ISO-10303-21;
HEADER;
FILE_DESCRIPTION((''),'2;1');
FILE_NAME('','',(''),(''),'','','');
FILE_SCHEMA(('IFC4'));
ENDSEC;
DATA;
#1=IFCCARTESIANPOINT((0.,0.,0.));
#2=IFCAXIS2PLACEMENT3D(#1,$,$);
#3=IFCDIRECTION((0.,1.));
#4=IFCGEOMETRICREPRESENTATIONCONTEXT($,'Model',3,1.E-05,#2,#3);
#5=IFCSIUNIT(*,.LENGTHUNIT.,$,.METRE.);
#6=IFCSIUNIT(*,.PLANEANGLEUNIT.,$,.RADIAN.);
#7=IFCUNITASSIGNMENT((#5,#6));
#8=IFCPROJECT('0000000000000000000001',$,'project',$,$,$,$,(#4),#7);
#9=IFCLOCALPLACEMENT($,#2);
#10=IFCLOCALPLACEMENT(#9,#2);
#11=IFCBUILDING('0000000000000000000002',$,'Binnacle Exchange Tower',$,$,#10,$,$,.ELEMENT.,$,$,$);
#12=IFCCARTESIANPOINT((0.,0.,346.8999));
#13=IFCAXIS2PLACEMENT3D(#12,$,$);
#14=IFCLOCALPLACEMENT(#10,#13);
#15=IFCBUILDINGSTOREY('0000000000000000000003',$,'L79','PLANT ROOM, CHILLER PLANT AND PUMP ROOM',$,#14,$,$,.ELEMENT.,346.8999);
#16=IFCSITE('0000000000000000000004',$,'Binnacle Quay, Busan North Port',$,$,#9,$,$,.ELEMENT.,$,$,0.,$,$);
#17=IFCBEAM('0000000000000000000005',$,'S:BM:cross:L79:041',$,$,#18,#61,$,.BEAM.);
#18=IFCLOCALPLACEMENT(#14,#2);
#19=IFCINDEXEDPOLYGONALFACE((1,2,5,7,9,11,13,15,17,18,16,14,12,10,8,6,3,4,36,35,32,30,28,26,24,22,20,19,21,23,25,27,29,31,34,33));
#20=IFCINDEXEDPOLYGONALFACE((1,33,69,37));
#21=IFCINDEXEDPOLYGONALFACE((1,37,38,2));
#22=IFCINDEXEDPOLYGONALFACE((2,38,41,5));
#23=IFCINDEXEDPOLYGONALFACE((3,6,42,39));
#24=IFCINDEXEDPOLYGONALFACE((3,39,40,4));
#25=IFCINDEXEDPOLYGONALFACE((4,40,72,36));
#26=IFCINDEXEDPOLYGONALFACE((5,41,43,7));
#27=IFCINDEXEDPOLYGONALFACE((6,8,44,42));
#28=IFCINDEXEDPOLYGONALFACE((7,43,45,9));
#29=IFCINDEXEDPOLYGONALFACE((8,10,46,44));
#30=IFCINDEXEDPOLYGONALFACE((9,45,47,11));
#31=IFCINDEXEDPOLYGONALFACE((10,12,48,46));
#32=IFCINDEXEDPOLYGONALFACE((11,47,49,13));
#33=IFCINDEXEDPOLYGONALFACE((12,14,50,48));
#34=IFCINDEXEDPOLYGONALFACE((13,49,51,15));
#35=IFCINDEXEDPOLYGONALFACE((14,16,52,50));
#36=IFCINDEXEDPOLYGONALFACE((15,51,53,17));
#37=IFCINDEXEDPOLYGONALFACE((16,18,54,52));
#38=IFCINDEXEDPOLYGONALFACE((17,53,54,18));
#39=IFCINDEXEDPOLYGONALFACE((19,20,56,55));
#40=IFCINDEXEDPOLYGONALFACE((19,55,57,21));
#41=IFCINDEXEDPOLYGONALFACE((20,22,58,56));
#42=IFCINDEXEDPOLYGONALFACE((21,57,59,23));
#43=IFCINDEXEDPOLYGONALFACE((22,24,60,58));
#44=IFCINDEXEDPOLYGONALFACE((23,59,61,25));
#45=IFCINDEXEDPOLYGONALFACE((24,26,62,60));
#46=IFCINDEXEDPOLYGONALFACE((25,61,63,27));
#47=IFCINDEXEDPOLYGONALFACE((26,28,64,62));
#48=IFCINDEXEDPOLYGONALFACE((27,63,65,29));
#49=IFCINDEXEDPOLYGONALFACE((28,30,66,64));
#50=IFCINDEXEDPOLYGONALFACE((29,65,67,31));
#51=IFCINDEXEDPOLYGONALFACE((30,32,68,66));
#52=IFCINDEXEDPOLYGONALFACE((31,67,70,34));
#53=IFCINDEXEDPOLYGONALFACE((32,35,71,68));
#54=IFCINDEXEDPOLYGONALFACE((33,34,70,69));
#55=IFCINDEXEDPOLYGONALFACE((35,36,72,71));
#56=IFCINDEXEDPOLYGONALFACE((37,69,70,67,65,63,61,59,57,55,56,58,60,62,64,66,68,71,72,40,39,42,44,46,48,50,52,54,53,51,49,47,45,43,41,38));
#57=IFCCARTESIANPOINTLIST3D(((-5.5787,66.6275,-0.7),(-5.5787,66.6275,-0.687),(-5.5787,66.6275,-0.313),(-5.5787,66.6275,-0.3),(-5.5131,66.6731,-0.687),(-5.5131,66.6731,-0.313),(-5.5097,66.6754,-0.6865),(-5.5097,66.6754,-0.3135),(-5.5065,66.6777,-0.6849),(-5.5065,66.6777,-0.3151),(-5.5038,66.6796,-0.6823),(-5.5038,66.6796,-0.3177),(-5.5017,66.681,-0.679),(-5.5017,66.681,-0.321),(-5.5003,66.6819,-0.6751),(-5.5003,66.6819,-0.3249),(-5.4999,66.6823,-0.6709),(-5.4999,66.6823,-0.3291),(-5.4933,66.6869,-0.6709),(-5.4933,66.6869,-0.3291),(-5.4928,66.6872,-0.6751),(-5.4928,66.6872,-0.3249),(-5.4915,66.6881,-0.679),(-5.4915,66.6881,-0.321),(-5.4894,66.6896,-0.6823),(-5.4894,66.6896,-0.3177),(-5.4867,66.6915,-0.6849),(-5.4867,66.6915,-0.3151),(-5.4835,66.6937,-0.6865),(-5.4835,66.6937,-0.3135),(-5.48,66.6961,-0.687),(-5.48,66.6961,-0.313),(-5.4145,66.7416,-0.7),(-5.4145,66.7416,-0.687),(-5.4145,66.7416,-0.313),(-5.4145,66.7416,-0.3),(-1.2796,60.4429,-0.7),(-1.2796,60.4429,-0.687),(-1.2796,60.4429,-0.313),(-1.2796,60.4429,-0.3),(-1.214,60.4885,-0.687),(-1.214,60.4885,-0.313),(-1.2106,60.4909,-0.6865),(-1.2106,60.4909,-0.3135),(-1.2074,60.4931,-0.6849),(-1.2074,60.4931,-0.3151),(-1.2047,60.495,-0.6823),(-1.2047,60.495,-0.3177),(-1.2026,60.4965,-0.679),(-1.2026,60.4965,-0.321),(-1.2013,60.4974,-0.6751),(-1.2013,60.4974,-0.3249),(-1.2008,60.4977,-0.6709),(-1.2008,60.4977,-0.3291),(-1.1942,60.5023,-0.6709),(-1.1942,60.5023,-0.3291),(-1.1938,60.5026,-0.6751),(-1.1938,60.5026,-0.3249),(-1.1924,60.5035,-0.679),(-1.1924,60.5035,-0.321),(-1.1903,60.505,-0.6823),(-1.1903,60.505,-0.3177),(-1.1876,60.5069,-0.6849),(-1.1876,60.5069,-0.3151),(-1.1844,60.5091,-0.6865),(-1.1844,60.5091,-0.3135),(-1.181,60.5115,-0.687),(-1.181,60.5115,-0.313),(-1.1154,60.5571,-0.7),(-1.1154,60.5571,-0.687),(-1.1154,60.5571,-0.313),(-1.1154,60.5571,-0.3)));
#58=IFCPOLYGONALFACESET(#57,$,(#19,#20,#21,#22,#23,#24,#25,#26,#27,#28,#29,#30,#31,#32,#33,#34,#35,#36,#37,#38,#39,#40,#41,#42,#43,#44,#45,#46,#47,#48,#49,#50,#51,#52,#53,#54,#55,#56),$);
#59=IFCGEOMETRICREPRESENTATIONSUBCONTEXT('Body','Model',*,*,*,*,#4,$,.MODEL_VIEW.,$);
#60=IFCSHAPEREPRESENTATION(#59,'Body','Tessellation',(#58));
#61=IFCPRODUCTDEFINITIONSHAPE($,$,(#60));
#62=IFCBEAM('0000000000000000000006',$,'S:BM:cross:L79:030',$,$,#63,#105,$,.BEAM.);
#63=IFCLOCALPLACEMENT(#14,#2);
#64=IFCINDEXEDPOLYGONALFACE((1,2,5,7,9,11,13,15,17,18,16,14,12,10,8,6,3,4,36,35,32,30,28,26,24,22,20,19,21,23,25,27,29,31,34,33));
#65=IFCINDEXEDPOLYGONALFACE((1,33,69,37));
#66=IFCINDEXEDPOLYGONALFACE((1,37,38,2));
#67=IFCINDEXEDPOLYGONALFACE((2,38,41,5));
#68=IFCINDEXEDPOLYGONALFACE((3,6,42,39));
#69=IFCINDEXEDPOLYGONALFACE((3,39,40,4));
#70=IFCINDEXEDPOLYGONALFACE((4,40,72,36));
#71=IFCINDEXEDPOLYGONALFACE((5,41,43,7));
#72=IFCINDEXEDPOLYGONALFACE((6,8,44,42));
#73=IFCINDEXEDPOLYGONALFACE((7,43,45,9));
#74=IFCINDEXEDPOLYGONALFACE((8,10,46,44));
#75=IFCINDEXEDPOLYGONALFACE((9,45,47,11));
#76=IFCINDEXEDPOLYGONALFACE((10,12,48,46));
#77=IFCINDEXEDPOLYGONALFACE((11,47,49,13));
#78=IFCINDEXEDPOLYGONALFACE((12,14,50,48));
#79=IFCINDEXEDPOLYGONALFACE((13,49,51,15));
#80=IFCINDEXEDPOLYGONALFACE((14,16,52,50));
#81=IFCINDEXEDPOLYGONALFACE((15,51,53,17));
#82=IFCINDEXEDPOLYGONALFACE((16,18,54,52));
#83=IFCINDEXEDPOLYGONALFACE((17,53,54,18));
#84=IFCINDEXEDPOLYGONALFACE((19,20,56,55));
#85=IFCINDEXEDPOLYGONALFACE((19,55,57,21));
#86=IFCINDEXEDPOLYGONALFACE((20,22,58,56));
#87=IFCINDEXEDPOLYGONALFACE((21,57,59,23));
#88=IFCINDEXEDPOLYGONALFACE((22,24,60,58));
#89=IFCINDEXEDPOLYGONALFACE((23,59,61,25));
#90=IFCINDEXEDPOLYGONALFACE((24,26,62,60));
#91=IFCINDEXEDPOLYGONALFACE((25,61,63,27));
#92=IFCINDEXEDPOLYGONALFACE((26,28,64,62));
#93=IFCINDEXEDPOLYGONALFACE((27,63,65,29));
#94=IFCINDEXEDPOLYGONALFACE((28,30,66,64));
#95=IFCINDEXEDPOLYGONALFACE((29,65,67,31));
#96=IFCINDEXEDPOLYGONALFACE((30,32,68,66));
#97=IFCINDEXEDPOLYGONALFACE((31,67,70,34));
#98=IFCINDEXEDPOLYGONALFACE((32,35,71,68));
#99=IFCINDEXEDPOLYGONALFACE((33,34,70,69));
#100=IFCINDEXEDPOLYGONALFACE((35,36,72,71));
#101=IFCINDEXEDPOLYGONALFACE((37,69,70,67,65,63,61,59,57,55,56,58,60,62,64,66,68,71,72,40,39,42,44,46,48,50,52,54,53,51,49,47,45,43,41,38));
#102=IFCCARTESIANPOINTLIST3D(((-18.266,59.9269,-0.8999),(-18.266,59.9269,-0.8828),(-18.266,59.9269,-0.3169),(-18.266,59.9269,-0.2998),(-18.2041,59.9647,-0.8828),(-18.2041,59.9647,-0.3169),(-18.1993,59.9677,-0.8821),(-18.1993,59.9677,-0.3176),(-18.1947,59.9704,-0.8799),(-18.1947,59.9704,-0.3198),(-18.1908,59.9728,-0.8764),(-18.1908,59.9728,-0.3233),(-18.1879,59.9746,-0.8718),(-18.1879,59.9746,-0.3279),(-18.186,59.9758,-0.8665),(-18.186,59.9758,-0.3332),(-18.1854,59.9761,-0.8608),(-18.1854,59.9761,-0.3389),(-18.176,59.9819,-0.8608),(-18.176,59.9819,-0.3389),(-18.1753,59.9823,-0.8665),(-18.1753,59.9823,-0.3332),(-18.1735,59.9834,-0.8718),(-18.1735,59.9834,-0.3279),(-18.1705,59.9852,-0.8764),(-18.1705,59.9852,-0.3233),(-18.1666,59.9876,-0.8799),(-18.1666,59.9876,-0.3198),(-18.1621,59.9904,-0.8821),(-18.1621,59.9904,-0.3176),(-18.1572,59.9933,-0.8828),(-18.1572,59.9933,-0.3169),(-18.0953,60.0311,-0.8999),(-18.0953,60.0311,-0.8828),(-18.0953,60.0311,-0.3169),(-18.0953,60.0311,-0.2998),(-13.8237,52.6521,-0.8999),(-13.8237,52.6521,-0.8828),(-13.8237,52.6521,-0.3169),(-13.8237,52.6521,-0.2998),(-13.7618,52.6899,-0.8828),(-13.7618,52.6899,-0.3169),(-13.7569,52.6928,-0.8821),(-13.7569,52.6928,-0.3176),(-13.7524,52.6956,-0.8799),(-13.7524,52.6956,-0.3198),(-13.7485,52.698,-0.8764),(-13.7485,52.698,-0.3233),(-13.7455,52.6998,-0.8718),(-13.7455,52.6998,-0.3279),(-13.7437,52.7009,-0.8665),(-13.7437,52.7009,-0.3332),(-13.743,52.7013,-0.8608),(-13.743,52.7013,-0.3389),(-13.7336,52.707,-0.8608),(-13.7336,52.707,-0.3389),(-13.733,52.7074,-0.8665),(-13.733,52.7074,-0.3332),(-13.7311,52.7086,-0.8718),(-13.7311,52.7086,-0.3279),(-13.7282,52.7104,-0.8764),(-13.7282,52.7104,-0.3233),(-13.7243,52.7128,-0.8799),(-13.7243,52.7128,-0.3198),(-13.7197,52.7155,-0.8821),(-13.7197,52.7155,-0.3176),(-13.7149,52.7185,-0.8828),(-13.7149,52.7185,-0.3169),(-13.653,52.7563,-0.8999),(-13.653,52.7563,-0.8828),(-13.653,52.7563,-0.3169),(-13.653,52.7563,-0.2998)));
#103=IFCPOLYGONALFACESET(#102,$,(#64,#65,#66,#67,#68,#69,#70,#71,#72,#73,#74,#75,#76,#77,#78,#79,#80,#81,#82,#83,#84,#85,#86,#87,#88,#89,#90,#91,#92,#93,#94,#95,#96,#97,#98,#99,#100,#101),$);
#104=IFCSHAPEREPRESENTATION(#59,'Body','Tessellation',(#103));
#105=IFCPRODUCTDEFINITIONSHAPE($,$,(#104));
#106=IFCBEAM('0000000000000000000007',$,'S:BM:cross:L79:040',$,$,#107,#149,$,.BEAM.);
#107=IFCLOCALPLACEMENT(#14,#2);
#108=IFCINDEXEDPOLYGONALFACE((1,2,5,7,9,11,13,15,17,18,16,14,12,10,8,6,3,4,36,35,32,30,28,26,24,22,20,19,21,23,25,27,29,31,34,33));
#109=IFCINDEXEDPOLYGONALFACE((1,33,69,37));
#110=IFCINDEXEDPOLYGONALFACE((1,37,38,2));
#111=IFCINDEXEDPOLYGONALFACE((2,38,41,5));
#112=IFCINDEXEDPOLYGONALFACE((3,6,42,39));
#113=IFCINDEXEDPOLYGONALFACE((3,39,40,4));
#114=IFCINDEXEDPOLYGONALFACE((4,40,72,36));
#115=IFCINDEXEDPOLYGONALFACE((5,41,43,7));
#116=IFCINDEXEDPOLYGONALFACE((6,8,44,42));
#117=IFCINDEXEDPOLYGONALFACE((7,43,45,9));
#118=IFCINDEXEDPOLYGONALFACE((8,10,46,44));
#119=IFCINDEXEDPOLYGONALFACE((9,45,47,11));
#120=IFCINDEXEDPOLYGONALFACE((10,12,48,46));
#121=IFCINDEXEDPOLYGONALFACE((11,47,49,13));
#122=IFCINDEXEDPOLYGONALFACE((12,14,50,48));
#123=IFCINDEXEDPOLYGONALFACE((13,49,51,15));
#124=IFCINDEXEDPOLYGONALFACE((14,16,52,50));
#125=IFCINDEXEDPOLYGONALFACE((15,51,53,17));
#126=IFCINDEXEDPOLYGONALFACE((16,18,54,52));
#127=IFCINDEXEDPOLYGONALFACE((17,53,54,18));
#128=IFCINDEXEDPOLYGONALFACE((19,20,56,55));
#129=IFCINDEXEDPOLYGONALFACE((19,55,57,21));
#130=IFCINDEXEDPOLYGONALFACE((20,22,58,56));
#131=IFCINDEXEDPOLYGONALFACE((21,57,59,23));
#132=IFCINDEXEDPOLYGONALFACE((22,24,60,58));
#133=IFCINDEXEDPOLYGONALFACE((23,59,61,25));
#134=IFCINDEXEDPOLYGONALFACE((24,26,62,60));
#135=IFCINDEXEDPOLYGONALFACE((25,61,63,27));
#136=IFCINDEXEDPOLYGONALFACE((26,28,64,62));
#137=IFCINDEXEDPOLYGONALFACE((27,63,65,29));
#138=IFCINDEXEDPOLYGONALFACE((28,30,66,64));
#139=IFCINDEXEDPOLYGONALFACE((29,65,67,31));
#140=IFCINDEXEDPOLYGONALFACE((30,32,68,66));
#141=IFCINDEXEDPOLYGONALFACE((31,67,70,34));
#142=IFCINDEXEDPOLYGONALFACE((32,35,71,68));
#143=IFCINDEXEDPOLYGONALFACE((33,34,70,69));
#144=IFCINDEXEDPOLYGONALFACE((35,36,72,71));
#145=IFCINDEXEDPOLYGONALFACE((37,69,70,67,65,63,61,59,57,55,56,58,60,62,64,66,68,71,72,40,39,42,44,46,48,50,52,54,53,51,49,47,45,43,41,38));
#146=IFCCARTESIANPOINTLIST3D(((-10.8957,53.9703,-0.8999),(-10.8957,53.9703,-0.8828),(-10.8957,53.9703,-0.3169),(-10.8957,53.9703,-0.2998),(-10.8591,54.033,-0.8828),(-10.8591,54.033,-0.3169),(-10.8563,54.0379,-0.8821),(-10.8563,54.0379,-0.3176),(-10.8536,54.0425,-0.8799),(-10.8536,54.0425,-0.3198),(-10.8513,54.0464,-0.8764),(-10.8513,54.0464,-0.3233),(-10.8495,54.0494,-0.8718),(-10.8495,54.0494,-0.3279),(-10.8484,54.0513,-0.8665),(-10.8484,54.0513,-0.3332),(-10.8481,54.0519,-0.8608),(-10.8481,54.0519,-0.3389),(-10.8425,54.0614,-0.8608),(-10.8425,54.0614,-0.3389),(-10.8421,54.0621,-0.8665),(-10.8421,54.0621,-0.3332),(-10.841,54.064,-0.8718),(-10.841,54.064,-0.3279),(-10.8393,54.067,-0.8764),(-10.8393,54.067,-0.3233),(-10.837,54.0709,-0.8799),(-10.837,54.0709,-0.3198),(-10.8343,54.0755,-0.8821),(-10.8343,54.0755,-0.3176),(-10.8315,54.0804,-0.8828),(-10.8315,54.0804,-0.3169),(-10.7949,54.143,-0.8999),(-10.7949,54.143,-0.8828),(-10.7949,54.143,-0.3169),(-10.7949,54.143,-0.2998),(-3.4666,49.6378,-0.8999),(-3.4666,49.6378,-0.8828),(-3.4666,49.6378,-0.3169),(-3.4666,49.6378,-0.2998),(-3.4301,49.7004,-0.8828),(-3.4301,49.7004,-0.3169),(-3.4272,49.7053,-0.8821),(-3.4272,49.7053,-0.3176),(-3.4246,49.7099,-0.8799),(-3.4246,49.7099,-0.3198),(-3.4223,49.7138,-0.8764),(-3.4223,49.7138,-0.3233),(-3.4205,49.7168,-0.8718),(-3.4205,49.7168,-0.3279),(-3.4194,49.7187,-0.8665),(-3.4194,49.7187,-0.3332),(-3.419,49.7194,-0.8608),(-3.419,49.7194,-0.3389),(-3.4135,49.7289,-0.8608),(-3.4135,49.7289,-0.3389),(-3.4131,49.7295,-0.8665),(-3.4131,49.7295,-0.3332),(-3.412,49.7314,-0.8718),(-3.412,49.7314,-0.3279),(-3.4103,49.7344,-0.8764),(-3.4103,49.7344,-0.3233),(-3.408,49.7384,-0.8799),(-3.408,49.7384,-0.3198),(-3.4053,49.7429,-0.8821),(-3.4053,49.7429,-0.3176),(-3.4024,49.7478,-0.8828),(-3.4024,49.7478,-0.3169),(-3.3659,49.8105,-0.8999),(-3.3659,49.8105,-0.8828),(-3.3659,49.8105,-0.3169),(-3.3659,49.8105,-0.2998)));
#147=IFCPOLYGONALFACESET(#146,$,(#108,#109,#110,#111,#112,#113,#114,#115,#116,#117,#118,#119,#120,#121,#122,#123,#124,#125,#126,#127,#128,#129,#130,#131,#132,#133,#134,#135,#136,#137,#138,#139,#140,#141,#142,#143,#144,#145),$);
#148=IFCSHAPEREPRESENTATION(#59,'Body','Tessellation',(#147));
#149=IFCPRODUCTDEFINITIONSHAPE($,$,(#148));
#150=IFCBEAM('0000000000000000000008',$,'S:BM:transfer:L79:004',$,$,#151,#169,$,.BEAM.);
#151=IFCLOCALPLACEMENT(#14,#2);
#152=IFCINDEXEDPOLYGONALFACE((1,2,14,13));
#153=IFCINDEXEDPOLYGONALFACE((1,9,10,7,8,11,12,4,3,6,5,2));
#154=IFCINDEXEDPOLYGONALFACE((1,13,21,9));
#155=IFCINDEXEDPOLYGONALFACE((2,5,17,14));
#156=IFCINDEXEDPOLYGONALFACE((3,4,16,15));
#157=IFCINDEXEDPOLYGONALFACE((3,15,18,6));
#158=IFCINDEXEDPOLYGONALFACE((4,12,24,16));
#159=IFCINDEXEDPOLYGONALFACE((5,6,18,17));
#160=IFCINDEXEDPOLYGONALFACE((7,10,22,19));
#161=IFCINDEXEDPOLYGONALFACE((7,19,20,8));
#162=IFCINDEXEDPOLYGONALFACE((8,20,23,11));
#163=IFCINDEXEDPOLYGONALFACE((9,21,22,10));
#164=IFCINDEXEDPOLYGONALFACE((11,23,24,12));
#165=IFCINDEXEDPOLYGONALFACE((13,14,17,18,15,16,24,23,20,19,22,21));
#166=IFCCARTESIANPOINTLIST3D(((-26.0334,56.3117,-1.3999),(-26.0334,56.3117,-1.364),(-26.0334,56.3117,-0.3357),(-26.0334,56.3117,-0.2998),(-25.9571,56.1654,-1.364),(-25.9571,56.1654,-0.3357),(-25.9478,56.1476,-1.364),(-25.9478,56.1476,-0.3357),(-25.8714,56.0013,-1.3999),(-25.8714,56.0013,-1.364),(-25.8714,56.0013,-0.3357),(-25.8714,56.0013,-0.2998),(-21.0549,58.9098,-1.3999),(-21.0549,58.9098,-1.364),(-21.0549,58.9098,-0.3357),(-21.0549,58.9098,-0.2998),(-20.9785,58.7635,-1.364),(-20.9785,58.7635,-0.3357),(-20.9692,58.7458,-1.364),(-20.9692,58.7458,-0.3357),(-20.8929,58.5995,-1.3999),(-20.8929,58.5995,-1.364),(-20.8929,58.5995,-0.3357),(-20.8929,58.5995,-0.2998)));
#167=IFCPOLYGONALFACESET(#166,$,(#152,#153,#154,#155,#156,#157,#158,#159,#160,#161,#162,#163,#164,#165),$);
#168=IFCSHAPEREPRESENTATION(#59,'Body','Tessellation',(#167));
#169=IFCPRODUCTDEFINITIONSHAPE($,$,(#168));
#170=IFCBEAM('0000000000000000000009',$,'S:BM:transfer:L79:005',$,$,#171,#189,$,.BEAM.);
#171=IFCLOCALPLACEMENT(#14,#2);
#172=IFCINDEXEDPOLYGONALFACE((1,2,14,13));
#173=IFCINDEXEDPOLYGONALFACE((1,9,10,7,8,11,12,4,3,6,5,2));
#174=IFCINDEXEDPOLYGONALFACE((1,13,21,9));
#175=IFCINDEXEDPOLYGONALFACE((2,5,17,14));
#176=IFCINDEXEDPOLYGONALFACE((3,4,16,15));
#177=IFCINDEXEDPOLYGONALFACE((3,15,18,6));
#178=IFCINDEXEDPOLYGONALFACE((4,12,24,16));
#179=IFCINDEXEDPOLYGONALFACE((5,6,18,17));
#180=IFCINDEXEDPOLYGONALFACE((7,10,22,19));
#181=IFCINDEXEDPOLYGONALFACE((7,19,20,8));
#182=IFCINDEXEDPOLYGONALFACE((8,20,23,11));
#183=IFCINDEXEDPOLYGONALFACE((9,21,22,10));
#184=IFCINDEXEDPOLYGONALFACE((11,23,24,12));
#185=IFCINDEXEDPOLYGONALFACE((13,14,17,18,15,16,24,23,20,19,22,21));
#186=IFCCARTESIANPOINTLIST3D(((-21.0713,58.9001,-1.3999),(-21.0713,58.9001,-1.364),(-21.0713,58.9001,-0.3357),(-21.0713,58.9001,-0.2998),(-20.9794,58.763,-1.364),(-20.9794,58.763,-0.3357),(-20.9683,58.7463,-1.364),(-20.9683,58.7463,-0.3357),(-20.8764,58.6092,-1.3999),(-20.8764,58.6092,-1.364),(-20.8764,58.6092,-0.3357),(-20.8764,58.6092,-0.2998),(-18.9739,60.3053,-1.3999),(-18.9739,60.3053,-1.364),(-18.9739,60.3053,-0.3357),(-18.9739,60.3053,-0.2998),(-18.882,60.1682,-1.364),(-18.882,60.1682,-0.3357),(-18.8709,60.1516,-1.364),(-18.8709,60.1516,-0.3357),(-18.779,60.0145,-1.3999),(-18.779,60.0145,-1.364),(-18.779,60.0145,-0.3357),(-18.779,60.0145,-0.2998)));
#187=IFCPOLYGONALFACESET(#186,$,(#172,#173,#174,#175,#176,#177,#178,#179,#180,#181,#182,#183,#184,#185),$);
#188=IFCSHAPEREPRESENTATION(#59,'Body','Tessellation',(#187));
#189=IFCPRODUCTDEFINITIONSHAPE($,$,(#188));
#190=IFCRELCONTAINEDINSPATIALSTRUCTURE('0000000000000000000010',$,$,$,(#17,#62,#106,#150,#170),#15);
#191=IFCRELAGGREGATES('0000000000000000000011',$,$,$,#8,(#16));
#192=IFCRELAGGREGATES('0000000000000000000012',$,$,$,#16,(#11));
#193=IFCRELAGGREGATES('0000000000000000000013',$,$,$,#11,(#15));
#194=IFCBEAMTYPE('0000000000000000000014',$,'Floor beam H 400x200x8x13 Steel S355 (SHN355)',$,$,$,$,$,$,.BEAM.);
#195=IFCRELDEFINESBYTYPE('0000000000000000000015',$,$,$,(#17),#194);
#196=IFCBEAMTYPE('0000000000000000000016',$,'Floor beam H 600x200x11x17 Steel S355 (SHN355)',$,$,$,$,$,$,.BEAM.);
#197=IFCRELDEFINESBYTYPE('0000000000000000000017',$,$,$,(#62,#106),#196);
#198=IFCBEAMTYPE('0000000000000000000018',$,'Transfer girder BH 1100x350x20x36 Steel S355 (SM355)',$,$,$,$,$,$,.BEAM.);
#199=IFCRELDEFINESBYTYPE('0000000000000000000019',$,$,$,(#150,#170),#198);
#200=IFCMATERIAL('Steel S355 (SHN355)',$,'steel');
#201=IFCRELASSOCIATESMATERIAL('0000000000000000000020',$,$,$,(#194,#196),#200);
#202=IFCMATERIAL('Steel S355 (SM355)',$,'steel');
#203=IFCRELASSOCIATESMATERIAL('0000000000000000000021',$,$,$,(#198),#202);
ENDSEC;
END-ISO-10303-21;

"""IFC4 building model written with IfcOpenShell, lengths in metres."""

from ifc_helpers import new_model, si_unit, direction, frame, origin, origin_2d, place, context, subcontext, project, spatial, i_section, extrude, material, material_profile, profile_set, type_object, element, save


model = new_model("IFC4")

# Units and contexts
model_context = context("Model", 3, precision=1e-05, world=origin(), true_north=direction((0.0, 1.0)))
body_context = subcontext(model_context, "Body", "Model", "MODEL_VIEW")
ifc_project = project(units=[si_unit("LENGTHUNIT", "METRE"), si_unit("PLANEANGLEUNIT", "RADIAN")], contexts=[model_context])

# Site, building, storey
site_placement = place(None, origin())
site = spatial("IfcSite", under=ifc_project, at=site_placement, Name="Binnacle Quay, Busan North Port", CompositionType="ELEMENT", RefElevation=0.0)
building_placement = place(site_placement, origin())
building = spatial("IfcBuilding", under=site, at=building_placement, Name="Binnacle Exchange Tower", CompositionType="ELEMENT")
storey_placement = place(building_placement, frame((0.0, 0.0, 346.8999)))
storey = spatial("IfcBuildingStorey", under=building, at=storey_placement, Name="L79", Description="PLANT ROOM, CHILLER PLANT AND PUMP ROOM", CompositionType="ELEMENT", Elevation=346.8999)

# Shared definitions
ifc_material_1 = material(Name="Steel S355 (SHN355)", Category="steel")

# Beams
ifc_material_profile_1 = material_profile(ifc_material_1, i_section(OverallWidth=0.2, OverallDepth=0.3999, WebThickness=0.0081, FlangeThickness=0.0129, FilletRadius=0.0161, at=origin_2d()), Name="H 400x200x8x13")
ifc_profile_set_1 = profile_set([ifc_material_profile_1], Name="Steel S355 (SHN355)")
beam_type_1 = type_object("IfcBeamType", Name="Floor beam H 400x200x8x13 Steel S355 (SHN355)", PredefinedType="BEAM", material=ifc_profile_set_1)
beam_1_placement = place(storey_placement, frame((-1.1975, 60.5, -0.5), z_axis=(-0.570775, 0.821107, 0.0), x_axis=(-0.821107, -0.570775, 0.0)))
element("IfcBeam", 1, at=beam_1_placement, inside=storey, type_object=beam_type_1, Name="S:BM:cross:L79:041", PredefinedType="BEAM", context=body_context, shape_type="SweptSolid", body=[
    extrude(i_section(OverallWidth=0.2, OverallDepth=0.3999, WebThickness=0.0081, FlangeThickness=0.0129, FilletRadius=0.0161, at=origin_2d()), origin(), (0.0, 0.0, 1.0), 7.532),
])
ifc_material_profile_2 = material_profile(ifc_material_1, i_section(OverallWidth=0.2, OverallDepth=0.6001, WebThickness=0.011, FlangeThickness=0.0171, FilletRadius=0.022, at=origin_2d()), Name="H 600x200x11x17")
ifc_profile_set_2 = profile_set([ifc_material_profile_2], Name="Steel S355 (SHN355)")
beam_type_2 = type_object("IfcBeamType", Name="Floor beam H 600x200x11x17 Steel S355 (SHN355)", PredefinedType="BEAM", material=ifc_profile_set_2)
beam_2_placement = place(storey_placement, frame((-18.1807, 59.979, -0.5999), z_axis=(0.52116, -0.853459, 0.0), x_axis=(0.853459, 0.52116, 0.0)))
element("IfcBeam", 2, at=beam_2_placement, inside=storey, type_object=beam_type_2, Name="S:BM:cross:L79:030", PredefinedType="BEAM", context=body_context, shape_type="SweptSolid", body=[
    extrude(i_section(OverallWidth=0.2, OverallDepth=0.6001, WebThickness=0.011, FlangeThickness=0.0171, FilletRadius=0.022, at=origin_2d()), origin(), (0.0, 0.0, 1.0), 8.5239),
])
beam_3_placement = place(storey_placement, frame((-3.4163, 49.7241, -0.5999), z_axis=(-0.863831, 0.503781, 0.0), x_axis=(-0.503781, -0.863831, 0.0)))
element("IfcBeam", 3, at=beam_3_placement, inside=storey, type_object=beam_type_2, Name="S:BM:cross:L79:040", PredefinedType="BEAM", context=body_context, shape_type="SweptSolid", body=[
    extrude(i_section(OverallWidth=0.2, OverallDepth=0.6001, WebThickness=0.011, FlangeThickness=0.0171, FilletRadius=0.022, at=origin_2d()), origin(), (0.0, 0.0, 1.0), 8.6001),
])
ifc_material_2 = material(Name="Steel S355 (SM355)", Category="steel")
ifc_material_profile_3 = material_profile(ifc_material_2, i_section(OverallWidth=0.3501, OverallDepth=1.1001, WebThickness=0.02, FlangeThickness=0.0359, at=origin_2d()), Name="BH 1100x350x20x36")
ifc_profile_set_3 = profile_set([ifc_material_profile_3], Name="Steel S355 (SM355)")
beam_type_3 = type_object("IfcBeamType", Name="Transfer girder BH 1100x350x20x36 Steel S355 (SM355)", PredefinedType="BEAM", material=ifc_profile_set_3)
beam_4_placement = place(storey_placement, frame((-20.9739, 58.7546, -0.8499), z_axis=(-0.886537, -0.462658, 0.0), x_axis=(0.462658, -0.886537, 0.0)))
element("IfcBeam", 4, at=beam_4_placement, inside=storey, type_object=beam_type_3, Name="S:BM:transfer:L79:004", PredefinedType="BEAM", context=body_context, shape_type="SweptSolid", body=[
    extrude(i_section(OverallWidth=0.3501, OverallDepth=1.1001, WebThickness=0.02, FlangeThickness=0.0359, at=origin_2d()), origin(), (0.0, 0.0, 1.0), 5.6157),
])
beam_5_placement = place(storey_placement, frame((-18.8765, 60.1599, -0.8499), z_axis=(-0.830769, -0.556618, 0.0), x_axis=(0.556618, -0.830769, 0.0)))
element("IfcBeam", 5, at=beam_5_placement, inside=storey, type_object=beam_type_3, Name="S:BM:transfer:L79:005", PredefinedType="BEAM", context=body_context, shape_type="SweptSolid", body=[
    extrude(i_section(OverallWidth=0.3501, OverallDepth=1.1001, WebThickness=0.02, FlangeThickness=0.0359, at=origin_2d()), origin(), (0.0, 0.0, 1.0), 2.5247),
])

save(model, "model.ifc")
